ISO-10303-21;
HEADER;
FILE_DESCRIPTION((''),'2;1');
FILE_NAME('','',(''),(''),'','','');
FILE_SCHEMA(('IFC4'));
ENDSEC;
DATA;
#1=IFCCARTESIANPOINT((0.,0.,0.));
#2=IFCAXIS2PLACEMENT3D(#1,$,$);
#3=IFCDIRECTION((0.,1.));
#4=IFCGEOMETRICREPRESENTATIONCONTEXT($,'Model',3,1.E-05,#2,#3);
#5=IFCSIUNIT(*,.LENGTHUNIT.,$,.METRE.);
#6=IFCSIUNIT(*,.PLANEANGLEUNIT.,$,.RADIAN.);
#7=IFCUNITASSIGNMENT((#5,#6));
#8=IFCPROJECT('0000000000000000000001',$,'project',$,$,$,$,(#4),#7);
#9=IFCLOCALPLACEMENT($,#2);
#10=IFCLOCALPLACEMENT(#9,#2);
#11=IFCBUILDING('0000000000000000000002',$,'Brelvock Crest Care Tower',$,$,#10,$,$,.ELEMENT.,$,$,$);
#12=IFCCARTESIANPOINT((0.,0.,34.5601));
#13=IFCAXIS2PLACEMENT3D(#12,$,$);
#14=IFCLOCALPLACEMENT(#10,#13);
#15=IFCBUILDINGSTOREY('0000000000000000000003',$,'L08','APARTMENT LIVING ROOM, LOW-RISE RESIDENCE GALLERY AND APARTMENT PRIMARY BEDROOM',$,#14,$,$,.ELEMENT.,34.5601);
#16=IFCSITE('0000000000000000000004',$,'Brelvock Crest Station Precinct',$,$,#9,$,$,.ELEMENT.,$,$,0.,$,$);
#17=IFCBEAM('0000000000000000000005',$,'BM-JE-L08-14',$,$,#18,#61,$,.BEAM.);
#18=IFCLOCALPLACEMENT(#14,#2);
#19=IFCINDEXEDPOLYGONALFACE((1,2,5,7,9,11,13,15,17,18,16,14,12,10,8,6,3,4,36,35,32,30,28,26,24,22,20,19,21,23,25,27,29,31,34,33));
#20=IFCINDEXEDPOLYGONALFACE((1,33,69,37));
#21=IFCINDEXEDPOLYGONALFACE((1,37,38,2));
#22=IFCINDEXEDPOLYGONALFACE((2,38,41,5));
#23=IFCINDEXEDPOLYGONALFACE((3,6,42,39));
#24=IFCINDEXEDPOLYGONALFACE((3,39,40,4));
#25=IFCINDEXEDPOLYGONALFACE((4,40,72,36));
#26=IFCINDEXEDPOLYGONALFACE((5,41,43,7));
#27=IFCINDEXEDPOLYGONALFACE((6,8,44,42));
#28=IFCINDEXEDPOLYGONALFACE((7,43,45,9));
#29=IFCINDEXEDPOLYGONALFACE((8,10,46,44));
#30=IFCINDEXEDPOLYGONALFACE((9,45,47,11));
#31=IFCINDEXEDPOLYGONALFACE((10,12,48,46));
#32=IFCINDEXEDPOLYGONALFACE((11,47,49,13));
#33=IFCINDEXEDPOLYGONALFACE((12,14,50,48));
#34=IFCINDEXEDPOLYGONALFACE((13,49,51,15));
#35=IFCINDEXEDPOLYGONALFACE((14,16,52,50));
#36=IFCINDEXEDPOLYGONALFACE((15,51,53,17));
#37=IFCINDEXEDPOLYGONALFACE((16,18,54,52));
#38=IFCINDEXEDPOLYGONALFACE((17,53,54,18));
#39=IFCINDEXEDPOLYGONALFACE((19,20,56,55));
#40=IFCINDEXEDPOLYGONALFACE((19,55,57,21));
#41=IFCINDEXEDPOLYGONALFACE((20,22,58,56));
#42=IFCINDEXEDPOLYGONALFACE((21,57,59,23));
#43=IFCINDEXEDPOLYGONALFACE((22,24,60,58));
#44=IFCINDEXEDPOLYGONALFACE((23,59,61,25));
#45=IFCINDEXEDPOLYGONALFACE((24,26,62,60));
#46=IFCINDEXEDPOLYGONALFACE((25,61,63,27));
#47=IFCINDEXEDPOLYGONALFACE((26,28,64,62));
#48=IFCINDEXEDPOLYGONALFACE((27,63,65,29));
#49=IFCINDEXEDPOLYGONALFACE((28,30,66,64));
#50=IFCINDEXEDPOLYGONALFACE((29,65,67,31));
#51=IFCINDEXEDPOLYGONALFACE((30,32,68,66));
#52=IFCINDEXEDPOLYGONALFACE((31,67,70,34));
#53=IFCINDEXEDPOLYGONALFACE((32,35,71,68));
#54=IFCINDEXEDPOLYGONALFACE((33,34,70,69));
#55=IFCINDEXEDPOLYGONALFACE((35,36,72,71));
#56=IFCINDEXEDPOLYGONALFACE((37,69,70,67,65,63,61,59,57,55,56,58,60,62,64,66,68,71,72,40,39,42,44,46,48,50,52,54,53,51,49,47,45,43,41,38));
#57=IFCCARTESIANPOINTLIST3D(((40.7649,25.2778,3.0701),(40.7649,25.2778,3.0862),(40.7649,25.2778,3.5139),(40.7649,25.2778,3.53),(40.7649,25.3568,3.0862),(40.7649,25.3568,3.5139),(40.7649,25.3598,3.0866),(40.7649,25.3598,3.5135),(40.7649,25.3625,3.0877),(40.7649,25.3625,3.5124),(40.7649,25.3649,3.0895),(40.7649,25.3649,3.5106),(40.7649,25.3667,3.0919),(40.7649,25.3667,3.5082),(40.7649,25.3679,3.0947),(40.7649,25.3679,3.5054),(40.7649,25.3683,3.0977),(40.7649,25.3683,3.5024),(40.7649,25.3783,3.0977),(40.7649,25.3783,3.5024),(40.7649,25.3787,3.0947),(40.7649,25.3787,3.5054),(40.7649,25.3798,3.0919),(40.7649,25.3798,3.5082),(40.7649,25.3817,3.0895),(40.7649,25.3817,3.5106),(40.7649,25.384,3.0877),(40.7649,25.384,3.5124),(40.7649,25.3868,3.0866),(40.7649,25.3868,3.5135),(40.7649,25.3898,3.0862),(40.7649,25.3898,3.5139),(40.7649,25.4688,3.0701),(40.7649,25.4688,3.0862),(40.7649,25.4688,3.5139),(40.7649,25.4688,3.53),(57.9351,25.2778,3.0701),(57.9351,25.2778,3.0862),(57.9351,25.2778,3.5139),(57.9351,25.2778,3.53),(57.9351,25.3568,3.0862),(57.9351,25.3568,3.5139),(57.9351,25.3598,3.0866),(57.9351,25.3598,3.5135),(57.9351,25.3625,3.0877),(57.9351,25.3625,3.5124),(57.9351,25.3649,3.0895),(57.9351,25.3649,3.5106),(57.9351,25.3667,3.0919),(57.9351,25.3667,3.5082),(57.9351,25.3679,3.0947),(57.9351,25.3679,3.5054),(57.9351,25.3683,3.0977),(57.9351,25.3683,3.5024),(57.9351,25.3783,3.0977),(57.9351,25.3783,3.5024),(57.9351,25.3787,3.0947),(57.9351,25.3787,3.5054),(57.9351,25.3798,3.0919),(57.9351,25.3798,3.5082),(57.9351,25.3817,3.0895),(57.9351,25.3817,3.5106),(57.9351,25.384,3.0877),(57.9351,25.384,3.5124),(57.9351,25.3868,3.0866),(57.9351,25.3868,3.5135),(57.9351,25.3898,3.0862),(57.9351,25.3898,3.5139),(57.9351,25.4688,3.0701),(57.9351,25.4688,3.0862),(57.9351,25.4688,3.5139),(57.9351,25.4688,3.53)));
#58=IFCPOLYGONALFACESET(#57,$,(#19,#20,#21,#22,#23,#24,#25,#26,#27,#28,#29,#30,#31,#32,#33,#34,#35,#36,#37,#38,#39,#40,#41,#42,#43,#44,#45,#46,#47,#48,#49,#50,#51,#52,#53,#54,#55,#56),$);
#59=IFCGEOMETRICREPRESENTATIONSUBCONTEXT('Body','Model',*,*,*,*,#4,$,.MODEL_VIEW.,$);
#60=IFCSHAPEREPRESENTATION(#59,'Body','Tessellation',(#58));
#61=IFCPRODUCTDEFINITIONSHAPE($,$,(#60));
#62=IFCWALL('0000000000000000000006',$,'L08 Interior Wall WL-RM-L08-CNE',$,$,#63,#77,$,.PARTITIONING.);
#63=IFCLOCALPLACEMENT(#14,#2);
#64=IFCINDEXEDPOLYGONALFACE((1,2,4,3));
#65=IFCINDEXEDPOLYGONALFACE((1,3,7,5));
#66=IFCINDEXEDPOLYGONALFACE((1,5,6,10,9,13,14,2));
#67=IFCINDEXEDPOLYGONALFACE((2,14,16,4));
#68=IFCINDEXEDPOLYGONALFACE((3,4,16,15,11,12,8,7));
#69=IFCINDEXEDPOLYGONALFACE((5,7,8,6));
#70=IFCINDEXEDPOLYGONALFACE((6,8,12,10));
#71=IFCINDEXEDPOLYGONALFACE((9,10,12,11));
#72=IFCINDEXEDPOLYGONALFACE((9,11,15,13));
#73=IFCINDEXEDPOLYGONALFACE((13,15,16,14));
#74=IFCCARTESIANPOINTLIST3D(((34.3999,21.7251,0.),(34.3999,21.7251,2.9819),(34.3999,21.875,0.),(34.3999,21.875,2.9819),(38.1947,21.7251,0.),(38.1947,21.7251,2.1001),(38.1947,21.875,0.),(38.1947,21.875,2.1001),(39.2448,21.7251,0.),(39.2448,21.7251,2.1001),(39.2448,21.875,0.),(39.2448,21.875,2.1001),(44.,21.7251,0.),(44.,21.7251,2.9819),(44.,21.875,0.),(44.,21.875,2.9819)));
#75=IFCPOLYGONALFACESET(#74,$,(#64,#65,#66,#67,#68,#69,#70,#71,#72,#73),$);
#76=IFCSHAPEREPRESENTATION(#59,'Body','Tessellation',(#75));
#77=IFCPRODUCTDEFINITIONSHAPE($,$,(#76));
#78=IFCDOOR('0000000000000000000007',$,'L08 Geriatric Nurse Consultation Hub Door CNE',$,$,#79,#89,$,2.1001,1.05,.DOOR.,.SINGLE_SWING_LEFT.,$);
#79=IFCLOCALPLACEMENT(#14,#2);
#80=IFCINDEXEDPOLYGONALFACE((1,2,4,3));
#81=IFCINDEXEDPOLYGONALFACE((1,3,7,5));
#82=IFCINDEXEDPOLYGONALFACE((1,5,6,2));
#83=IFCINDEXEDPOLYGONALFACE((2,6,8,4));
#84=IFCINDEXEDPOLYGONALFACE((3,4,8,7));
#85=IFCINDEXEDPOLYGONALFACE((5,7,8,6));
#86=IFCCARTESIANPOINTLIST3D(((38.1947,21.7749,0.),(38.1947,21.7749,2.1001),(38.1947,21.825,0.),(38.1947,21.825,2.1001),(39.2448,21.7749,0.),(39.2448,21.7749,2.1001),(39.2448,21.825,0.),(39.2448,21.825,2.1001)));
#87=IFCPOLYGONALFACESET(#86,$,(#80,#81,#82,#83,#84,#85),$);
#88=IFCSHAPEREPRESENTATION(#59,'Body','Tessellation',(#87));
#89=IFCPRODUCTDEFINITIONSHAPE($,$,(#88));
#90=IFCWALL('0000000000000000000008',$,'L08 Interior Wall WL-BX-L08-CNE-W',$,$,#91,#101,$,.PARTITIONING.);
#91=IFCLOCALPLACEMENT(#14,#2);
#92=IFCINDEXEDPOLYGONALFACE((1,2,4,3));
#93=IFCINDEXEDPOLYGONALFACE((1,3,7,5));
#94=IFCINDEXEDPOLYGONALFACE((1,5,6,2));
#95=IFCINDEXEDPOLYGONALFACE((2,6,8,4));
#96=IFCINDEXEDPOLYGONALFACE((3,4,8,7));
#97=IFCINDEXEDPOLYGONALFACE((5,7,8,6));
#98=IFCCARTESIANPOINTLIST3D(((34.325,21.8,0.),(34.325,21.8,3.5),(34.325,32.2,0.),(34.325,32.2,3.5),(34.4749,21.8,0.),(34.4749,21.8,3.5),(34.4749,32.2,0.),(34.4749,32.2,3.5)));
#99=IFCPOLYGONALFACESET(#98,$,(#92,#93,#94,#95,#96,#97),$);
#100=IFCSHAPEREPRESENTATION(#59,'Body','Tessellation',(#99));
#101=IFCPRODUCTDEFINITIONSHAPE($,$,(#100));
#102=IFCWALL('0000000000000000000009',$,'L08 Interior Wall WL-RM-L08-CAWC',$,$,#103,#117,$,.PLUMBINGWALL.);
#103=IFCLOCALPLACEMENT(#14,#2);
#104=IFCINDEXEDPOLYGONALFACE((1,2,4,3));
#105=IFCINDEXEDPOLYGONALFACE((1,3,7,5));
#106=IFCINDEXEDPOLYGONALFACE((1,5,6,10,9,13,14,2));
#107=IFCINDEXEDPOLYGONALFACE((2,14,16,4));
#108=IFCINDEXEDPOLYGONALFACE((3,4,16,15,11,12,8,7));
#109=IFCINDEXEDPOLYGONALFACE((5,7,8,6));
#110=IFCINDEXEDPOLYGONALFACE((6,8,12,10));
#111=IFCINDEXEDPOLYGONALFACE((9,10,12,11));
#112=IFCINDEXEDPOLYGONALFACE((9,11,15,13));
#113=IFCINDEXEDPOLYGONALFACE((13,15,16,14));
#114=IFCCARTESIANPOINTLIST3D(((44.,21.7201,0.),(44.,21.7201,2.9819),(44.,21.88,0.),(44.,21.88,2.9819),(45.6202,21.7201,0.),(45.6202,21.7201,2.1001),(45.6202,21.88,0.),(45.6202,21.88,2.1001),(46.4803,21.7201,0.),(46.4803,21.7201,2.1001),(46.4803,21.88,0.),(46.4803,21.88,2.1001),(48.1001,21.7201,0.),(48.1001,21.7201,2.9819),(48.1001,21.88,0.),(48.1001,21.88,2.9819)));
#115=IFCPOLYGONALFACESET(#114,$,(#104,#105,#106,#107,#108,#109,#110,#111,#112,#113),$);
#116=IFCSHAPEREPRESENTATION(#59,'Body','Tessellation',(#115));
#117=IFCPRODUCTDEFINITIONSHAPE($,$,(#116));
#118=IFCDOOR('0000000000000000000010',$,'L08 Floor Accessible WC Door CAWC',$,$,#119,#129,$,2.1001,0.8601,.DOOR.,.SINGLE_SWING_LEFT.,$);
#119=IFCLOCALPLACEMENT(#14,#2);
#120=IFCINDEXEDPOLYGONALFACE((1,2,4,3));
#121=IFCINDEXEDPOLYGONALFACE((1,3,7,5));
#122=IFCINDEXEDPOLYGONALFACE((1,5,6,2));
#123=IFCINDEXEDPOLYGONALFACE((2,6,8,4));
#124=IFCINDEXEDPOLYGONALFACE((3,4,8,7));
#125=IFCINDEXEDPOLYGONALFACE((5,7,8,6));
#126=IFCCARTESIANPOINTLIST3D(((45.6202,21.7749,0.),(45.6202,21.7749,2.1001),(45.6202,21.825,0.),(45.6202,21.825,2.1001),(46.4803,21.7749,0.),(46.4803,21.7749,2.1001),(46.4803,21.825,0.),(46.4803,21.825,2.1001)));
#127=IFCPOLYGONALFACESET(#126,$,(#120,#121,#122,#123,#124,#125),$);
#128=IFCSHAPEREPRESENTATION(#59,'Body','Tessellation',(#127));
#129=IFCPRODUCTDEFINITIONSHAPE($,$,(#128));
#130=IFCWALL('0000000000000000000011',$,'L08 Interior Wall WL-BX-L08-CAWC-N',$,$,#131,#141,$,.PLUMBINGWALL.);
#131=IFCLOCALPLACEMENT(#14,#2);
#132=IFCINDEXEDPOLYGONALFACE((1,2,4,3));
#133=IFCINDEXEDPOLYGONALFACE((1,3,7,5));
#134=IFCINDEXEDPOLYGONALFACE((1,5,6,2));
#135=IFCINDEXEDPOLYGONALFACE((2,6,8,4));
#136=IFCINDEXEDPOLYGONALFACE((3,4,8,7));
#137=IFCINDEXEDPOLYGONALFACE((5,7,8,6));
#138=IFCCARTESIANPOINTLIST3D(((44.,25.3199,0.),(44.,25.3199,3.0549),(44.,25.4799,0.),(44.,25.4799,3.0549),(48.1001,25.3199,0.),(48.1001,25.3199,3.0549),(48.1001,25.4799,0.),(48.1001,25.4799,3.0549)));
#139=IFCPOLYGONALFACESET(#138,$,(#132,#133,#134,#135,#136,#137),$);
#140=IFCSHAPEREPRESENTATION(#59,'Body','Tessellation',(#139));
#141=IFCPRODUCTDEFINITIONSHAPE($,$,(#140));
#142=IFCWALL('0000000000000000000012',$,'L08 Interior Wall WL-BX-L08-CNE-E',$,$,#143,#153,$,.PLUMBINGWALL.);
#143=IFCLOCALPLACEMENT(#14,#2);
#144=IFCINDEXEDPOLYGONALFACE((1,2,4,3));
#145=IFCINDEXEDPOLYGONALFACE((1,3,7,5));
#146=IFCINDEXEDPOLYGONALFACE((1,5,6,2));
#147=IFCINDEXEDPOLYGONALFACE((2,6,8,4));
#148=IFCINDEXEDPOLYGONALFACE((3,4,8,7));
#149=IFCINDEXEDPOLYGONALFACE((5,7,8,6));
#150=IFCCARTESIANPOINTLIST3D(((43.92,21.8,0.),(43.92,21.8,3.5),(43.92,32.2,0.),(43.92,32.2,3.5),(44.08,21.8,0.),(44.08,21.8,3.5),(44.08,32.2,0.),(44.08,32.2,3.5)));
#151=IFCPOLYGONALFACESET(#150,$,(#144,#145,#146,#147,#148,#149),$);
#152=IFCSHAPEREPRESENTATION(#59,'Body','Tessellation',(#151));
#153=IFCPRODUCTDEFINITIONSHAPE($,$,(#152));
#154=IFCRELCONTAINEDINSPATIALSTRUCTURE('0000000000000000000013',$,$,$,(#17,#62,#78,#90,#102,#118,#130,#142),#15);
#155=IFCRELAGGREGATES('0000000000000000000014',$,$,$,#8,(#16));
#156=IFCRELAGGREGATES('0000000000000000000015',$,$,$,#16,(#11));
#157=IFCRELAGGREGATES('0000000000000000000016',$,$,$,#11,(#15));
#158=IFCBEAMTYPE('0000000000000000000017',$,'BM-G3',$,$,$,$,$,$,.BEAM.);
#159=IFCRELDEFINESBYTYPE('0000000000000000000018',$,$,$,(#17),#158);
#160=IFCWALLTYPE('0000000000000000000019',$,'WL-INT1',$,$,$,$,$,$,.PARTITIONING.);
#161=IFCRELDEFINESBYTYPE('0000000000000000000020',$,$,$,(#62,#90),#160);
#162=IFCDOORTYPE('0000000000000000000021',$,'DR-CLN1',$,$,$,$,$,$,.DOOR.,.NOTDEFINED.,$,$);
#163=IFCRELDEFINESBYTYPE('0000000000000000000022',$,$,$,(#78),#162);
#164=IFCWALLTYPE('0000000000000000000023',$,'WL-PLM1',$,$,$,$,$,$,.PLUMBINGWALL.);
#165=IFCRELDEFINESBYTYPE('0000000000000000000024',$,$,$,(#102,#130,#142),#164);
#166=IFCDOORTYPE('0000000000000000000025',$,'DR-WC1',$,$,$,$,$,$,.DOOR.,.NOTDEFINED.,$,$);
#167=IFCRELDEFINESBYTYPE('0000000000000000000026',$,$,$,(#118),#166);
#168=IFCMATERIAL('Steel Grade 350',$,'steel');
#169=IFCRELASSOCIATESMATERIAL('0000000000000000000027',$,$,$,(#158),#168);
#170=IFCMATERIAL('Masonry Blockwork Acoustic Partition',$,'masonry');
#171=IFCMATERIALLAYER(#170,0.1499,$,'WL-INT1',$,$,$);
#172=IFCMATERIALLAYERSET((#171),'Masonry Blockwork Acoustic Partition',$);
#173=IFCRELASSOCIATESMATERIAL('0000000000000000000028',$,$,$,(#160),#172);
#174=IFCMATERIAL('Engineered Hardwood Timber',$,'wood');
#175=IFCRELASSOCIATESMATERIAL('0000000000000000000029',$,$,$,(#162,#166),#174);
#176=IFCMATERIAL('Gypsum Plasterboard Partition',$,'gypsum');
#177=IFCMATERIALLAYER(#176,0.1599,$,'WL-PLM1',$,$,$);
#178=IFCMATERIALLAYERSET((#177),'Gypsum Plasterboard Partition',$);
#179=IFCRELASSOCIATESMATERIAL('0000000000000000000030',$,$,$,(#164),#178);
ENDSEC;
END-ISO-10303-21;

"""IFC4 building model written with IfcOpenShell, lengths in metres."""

from ifc_helpers import new_model, si_unit, direction, frame, frame_2d, origin, origin_2d, place, context, subcontext, project, spatial, rectangle, i_section, extrude, source, transform, mapped, material, layer, layer_set, material_profile, profile_set, type_object, element, fill, save


model = new_model("IFC4")

# Units and contexts
model_context = context("Model", 3, precision=1e-05, world=origin(), true_north=direction((0.0, 1.0)))
body_context = subcontext(model_context, "Body", "Model", "MODEL_VIEW")
ifc_project = project(units=[si_unit("LENGTHUNIT", "METRE"), si_unit("PLANEANGLEUNIT", "RADIAN")], contexts=[model_context])

# Site, building, storey
site_placement = place(None, origin())
site = spatial("IfcSite", under=ifc_project, at=site_placement, Name="Brelvock Crest Station Precinct", CompositionType="ELEMENT", RefElevation=0.0)
building_placement = place(site_placement, origin())
building = spatial("IfcBuilding", under=site, at=building_placement, Name="Brelvock Crest Care Tower", CompositionType="ELEMENT")
storey_placement = place(building_placement, frame((0.0, 0.0, 34.5601)))
storey = spatial("IfcBuildingStorey", under=building, at=storey_placement, Name="L08", Description="APARTMENT LIVING ROOM, LOW-RISE RESIDENCE GALLERY AND APARTMENT PRIMARY BEDROOM", CompositionType="ELEMENT", Elevation=34.5601)

# Beam
ifc_material_1 = material(Name="Steel Grade 350", Category="steel")
ifc_material_profile_1 = material_profile(ifc_material_1, i_section(OverallWidth=0.1909, OverallDepth=0.46, WebThickness=0.01, FlangeThickness=0.0161, FilletRadius=0.0115, at=origin_2d()), Name="460UB82.1")
ifc_profile_set_1 = profile_set([ifc_material_profile_1], Name="Steel Grade 350")
beam_type_1 = type_object("IfcBeamType", Name="BM-G3", PredefinedType="BEAM", material=ifc_profile_set_1)
shared_shape_1 = source(origin(), body_context, "Body", "SweptSolid", [
    extrude(i_section(OverallWidth=0.1909, OverallDepth=0.46, WebThickness=0.01, FlangeThickness=0.0161, FilletRadius=0.0115, at=origin_2d()), origin(), (0.0, 0.0, 1.0), 17.1702),
])
for number, where, z_axis, x_axis, name in (
    (1, (40.7649, 25.3733, 3.3), (1.0, 0.0, 0.0), (0.0, 1.0, 0.0), "BM-JE-L08-14"),
):
    element("IfcBeam", number, at=place(storey_placement, frame(where, z_axis=z_axis, x_axis=x_axis)), inside=storey, type_object=beam_type_1, Name=name, PredefinedType="BEAM", context=body_context, shape_type="MappedRepresentation", body=[
        mapped(shared_shape_1, transform((0.0, 0.0, 0.0), x_axis=(1.0, 0.0, 0.0), y_axis=(0.0, 1.0, 0.0), z_axis=(0.0, 0.0, 1.0), scale=1.0)),
    ])

# Wall, opening, door
ifc_material_2 = material(Name="Masonry Blockwork Acoustic Partition", Category="masonry")
ifc_layer_1 = layer(ifc_material_2, 0.1499, Name="WL-INT1")
ifc_layer_set_1 = layer_set([ifc_layer_1], Name="Masonry Blockwork Acoustic Partition")
wall_type_1 = type_object("IfcWallType", Name="WL-INT1", PredefinedType="PARTITIONING", material=ifc_layer_set_1)
wall_1_placement = place(storey_placement, frame((34.3999, 21.8, 0.0), z_axis=(0.0, 0.0, 1.0), x_axis=(1.0, 0.0, 0.0)))
wall_1 = element("IfcWall", 2, at=wall_1_placement, inside=storey, type_object=wall_type_1, Name="L08 Interior Wall WL-RM-L08-CNE", PredefinedType="PARTITIONING", context=body_context, shape_type="SweptSolid", body=[
    extrude(rectangle(XDim=9.6001, YDim=0.1499, at=frame_2d((4.8, 0.0))), origin(), (0.0, 0.0, 1.0), 2.9819),
])
opening_1_placement = place(wall_1_placement, frame((3.7949, 0.0, 0.0)))
opening_1 = element("IfcOpeningElement", 3, at=opening_1_placement, cuts=wall_1, PredefinedType="OPENING", context=body_context, shape_type="SweptSolid", body=[
    extrude(rectangle(XDim=1.05, YDim=2.1001, at=origin_2d()), frame((0.5249, 0.085, 1.05), z_axis=(0.0, -1.0, 0.0), x_axis=(1.0, 0.0, 0.0)), (0.0, 0.0, 1.0), 0.1699),
])
ifc_material_3 = material(Name="Engineered Hardwood Timber", Category="wood")
door_type_1 = type_object("IfcDoorType", Name="DR-CLN1", OperationType="NOTDEFINED", PredefinedType="DOOR", material=ifc_material_3)
shared_shape_2 = source(origin(), body_context, "Body", "SweptSolid", [
    extrude(rectangle(XDim=1.05, YDim=2.1001, at=origin_2d()), frame((0.5249, 0.0249, 1.05), z_axis=(0.0, -1.0, 0.0), x_axis=(1.0, 0.0, 0.0)), (0.0, 0.0, 1.0), 0.05),
])
door_1_placement = place(opening_1_placement, origin())
door_1 = element("IfcDoor", 4, at=door_1_placement, inside=storey, type_object=door_type_1, Name="L08 Geriatric Nurse Consultation Hub Door CNE", OperationType="SINGLE_SWING_LEFT", OverallHeight=2.1001, OverallWidth=1.05, PredefinedType="DOOR", context=body_context, shape_type="MappedRepresentation", body=[
    mapped(shared_shape_2, transform((0.0, 0.0, 0.0), x_axis=(1.0, 0.0, 0.0), y_axis=(0.0, 1.0, 0.0), z_axis=(0.0, 0.0, 1.0), scale=1.0)),
])
fill(opening_1, door_1)

# Wall
wall_2_placement = place(storey_placement, frame((34.3999, 21.8, 0.0), z_axis=(0.0, 0.0, 1.0), x_axis=(0.0, 1.0, 0.0)))
element("IfcWall", 5, at=wall_2_placement, inside=storey, type_object=wall_type_1, Name="L08 Interior Wall WL-BX-L08-CNE-W", PredefinedType="PARTITIONING", context=body_context, shape_type="SweptSolid", body=[
    extrude(rectangle(XDim=10.3999, YDim=0.1499, at=frame_2d((5.2, 0.0))), origin(), (0.0, 0.0, 1.0), 3.5),
])

# Wall, opening, door
ifc_material_4 = material(Name="Gypsum Plasterboard Partition", Category="gypsum")
ifc_layer_2 = layer(ifc_material_4, 0.1599, Name="WL-PLM1")
ifc_layer_set_2 = layer_set([ifc_layer_2], Name="Gypsum Plasterboard Partition")
wall_type_2 = type_object("IfcWallType", Name="WL-PLM1", PredefinedType="PLUMBINGWALL", material=ifc_layer_set_2)
wall_3_placement = place(storey_placement, frame((44.0, 21.8, 0.0), z_axis=(0.0, 0.0, 1.0), x_axis=(1.0, 0.0, 0.0)))
wall_3 = element("IfcWall", 6, at=wall_3_placement, inside=storey, type_object=wall_type_2, Name="L08 Interior Wall WL-RM-L08-CAWC", PredefinedType="PLUMBINGWALL", context=body_context, shape_type="SweptSolid", body=[
    extrude(rectangle(XDim=4.1001, YDim=0.1599, at=frame_2d((2.05, 0.0))), origin(), (0.0, 0.0, 1.0), 2.9819),
])
opening_2_placement = place(wall_3_placement, frame((1.6201, 0.0, 0.0)))
opening_2 = element("IfcOpeningElement", 7, at=opening_2_placement, cuts=wall_3, PredefinedType="OPENING", context=body_context, shape_type="SweptSolid", body=[
    extrude(rectangle(XDim=0.8601, YDim=2.1001, at=origin_2d()), frame((0.4302, 0.0898, 1.05), z_axis=(0.0, -1.0, 0.0), x_axis=(1.0, 0.0, 0.0)), (0.0, 0.0, 1.0), 0.1799),
])
door_type_2 = type_object("IfcDoorType", Name="DR-WC1", OperationType="NOTDEFINED", PredefinedType="DOOR", material=ifc_material_3)
shared_shape_3 = source(origin(), body_context, "Body", "SweptSolid", [
    extrude(rectangle(XDim=0.8601, YDim=2.1001, at=origin_2d()), frame((0.4302, 0.0249, 1.05), z_axis=(0.0, -1.0, 0.0), x_axis=(1.0, 0.0, 0.0)), (0.0, 0.0, 1.0), 0.05),
])
door_2_placement = place(opening_2_placement, origin())
door_2 = element("IfcDoor", 8, at=door_2_placement, inside=storey, type_object=door_type_2, Name="L08 Floor Accessible WC Door CAWC", OperationType="SINGLE_SWING_LEFT", OverallHeight=2.1001, OverallWidth=0.8601, PredefinedType="DOOR", context=body_context, shape_type="MappedRepresentation", body=[
    mapped(shared_shape_3, transform((0.0, 0.0, 0.0), x_axis=(1.0, 0.0, 0.0), y_axis=(0.0, 1.0, 0.0), z_axis=(0.0, 0.0, 1.0), scale=1.0)),
])
fill(opening_2, door_2)

# Walls
wall_4_placement = place(storey_placement, frame((44.0, 25.3999, 0.0), z_axis=(0.0, 0.0, 1.0), x_axis=(1.0, 0.0, 0.0)))
element("IfcWall", 9, at=wall_4_placement, inside=storey, type_object=wall_type_2, Name="L08 Interior Wall WL-BX-L08-CAWC-N", PredefinedType="PLUMBINGWALL", context=body_context, shape_type="SweptSolid", body=[
    extrude(rectangle(XDim=4.1001, YDim=0.1599, at=frame_2d((2.05, 0.0))), origin(), (0.0, 0.0, 1.0), 3.0549),
])
wall_5_placement = place(storey_placement, frame((44.0, 21.8, 0.0), z_axis=(0.0, 0.0, 1.0), x_axis=(0.0, 1.0, 0.0)))
element("IfcWall", 10, at=wall_5_placement, inside=storey, type_object=wall_type_2, Name="L08 Interior Wall WL-BX-L08-CNE-E", PredefinedType="PLUMBINGWALL", context=body_context, shape_type="SweptSolid", body=[
    extrude(rectangle(XDim=10.3999, YDim=0.1599, at=frame_2d((5.2, 0.0))), origin(), (0.0, 0.0, 1.0), 3.5),
])

save(model, "model.ifc")
